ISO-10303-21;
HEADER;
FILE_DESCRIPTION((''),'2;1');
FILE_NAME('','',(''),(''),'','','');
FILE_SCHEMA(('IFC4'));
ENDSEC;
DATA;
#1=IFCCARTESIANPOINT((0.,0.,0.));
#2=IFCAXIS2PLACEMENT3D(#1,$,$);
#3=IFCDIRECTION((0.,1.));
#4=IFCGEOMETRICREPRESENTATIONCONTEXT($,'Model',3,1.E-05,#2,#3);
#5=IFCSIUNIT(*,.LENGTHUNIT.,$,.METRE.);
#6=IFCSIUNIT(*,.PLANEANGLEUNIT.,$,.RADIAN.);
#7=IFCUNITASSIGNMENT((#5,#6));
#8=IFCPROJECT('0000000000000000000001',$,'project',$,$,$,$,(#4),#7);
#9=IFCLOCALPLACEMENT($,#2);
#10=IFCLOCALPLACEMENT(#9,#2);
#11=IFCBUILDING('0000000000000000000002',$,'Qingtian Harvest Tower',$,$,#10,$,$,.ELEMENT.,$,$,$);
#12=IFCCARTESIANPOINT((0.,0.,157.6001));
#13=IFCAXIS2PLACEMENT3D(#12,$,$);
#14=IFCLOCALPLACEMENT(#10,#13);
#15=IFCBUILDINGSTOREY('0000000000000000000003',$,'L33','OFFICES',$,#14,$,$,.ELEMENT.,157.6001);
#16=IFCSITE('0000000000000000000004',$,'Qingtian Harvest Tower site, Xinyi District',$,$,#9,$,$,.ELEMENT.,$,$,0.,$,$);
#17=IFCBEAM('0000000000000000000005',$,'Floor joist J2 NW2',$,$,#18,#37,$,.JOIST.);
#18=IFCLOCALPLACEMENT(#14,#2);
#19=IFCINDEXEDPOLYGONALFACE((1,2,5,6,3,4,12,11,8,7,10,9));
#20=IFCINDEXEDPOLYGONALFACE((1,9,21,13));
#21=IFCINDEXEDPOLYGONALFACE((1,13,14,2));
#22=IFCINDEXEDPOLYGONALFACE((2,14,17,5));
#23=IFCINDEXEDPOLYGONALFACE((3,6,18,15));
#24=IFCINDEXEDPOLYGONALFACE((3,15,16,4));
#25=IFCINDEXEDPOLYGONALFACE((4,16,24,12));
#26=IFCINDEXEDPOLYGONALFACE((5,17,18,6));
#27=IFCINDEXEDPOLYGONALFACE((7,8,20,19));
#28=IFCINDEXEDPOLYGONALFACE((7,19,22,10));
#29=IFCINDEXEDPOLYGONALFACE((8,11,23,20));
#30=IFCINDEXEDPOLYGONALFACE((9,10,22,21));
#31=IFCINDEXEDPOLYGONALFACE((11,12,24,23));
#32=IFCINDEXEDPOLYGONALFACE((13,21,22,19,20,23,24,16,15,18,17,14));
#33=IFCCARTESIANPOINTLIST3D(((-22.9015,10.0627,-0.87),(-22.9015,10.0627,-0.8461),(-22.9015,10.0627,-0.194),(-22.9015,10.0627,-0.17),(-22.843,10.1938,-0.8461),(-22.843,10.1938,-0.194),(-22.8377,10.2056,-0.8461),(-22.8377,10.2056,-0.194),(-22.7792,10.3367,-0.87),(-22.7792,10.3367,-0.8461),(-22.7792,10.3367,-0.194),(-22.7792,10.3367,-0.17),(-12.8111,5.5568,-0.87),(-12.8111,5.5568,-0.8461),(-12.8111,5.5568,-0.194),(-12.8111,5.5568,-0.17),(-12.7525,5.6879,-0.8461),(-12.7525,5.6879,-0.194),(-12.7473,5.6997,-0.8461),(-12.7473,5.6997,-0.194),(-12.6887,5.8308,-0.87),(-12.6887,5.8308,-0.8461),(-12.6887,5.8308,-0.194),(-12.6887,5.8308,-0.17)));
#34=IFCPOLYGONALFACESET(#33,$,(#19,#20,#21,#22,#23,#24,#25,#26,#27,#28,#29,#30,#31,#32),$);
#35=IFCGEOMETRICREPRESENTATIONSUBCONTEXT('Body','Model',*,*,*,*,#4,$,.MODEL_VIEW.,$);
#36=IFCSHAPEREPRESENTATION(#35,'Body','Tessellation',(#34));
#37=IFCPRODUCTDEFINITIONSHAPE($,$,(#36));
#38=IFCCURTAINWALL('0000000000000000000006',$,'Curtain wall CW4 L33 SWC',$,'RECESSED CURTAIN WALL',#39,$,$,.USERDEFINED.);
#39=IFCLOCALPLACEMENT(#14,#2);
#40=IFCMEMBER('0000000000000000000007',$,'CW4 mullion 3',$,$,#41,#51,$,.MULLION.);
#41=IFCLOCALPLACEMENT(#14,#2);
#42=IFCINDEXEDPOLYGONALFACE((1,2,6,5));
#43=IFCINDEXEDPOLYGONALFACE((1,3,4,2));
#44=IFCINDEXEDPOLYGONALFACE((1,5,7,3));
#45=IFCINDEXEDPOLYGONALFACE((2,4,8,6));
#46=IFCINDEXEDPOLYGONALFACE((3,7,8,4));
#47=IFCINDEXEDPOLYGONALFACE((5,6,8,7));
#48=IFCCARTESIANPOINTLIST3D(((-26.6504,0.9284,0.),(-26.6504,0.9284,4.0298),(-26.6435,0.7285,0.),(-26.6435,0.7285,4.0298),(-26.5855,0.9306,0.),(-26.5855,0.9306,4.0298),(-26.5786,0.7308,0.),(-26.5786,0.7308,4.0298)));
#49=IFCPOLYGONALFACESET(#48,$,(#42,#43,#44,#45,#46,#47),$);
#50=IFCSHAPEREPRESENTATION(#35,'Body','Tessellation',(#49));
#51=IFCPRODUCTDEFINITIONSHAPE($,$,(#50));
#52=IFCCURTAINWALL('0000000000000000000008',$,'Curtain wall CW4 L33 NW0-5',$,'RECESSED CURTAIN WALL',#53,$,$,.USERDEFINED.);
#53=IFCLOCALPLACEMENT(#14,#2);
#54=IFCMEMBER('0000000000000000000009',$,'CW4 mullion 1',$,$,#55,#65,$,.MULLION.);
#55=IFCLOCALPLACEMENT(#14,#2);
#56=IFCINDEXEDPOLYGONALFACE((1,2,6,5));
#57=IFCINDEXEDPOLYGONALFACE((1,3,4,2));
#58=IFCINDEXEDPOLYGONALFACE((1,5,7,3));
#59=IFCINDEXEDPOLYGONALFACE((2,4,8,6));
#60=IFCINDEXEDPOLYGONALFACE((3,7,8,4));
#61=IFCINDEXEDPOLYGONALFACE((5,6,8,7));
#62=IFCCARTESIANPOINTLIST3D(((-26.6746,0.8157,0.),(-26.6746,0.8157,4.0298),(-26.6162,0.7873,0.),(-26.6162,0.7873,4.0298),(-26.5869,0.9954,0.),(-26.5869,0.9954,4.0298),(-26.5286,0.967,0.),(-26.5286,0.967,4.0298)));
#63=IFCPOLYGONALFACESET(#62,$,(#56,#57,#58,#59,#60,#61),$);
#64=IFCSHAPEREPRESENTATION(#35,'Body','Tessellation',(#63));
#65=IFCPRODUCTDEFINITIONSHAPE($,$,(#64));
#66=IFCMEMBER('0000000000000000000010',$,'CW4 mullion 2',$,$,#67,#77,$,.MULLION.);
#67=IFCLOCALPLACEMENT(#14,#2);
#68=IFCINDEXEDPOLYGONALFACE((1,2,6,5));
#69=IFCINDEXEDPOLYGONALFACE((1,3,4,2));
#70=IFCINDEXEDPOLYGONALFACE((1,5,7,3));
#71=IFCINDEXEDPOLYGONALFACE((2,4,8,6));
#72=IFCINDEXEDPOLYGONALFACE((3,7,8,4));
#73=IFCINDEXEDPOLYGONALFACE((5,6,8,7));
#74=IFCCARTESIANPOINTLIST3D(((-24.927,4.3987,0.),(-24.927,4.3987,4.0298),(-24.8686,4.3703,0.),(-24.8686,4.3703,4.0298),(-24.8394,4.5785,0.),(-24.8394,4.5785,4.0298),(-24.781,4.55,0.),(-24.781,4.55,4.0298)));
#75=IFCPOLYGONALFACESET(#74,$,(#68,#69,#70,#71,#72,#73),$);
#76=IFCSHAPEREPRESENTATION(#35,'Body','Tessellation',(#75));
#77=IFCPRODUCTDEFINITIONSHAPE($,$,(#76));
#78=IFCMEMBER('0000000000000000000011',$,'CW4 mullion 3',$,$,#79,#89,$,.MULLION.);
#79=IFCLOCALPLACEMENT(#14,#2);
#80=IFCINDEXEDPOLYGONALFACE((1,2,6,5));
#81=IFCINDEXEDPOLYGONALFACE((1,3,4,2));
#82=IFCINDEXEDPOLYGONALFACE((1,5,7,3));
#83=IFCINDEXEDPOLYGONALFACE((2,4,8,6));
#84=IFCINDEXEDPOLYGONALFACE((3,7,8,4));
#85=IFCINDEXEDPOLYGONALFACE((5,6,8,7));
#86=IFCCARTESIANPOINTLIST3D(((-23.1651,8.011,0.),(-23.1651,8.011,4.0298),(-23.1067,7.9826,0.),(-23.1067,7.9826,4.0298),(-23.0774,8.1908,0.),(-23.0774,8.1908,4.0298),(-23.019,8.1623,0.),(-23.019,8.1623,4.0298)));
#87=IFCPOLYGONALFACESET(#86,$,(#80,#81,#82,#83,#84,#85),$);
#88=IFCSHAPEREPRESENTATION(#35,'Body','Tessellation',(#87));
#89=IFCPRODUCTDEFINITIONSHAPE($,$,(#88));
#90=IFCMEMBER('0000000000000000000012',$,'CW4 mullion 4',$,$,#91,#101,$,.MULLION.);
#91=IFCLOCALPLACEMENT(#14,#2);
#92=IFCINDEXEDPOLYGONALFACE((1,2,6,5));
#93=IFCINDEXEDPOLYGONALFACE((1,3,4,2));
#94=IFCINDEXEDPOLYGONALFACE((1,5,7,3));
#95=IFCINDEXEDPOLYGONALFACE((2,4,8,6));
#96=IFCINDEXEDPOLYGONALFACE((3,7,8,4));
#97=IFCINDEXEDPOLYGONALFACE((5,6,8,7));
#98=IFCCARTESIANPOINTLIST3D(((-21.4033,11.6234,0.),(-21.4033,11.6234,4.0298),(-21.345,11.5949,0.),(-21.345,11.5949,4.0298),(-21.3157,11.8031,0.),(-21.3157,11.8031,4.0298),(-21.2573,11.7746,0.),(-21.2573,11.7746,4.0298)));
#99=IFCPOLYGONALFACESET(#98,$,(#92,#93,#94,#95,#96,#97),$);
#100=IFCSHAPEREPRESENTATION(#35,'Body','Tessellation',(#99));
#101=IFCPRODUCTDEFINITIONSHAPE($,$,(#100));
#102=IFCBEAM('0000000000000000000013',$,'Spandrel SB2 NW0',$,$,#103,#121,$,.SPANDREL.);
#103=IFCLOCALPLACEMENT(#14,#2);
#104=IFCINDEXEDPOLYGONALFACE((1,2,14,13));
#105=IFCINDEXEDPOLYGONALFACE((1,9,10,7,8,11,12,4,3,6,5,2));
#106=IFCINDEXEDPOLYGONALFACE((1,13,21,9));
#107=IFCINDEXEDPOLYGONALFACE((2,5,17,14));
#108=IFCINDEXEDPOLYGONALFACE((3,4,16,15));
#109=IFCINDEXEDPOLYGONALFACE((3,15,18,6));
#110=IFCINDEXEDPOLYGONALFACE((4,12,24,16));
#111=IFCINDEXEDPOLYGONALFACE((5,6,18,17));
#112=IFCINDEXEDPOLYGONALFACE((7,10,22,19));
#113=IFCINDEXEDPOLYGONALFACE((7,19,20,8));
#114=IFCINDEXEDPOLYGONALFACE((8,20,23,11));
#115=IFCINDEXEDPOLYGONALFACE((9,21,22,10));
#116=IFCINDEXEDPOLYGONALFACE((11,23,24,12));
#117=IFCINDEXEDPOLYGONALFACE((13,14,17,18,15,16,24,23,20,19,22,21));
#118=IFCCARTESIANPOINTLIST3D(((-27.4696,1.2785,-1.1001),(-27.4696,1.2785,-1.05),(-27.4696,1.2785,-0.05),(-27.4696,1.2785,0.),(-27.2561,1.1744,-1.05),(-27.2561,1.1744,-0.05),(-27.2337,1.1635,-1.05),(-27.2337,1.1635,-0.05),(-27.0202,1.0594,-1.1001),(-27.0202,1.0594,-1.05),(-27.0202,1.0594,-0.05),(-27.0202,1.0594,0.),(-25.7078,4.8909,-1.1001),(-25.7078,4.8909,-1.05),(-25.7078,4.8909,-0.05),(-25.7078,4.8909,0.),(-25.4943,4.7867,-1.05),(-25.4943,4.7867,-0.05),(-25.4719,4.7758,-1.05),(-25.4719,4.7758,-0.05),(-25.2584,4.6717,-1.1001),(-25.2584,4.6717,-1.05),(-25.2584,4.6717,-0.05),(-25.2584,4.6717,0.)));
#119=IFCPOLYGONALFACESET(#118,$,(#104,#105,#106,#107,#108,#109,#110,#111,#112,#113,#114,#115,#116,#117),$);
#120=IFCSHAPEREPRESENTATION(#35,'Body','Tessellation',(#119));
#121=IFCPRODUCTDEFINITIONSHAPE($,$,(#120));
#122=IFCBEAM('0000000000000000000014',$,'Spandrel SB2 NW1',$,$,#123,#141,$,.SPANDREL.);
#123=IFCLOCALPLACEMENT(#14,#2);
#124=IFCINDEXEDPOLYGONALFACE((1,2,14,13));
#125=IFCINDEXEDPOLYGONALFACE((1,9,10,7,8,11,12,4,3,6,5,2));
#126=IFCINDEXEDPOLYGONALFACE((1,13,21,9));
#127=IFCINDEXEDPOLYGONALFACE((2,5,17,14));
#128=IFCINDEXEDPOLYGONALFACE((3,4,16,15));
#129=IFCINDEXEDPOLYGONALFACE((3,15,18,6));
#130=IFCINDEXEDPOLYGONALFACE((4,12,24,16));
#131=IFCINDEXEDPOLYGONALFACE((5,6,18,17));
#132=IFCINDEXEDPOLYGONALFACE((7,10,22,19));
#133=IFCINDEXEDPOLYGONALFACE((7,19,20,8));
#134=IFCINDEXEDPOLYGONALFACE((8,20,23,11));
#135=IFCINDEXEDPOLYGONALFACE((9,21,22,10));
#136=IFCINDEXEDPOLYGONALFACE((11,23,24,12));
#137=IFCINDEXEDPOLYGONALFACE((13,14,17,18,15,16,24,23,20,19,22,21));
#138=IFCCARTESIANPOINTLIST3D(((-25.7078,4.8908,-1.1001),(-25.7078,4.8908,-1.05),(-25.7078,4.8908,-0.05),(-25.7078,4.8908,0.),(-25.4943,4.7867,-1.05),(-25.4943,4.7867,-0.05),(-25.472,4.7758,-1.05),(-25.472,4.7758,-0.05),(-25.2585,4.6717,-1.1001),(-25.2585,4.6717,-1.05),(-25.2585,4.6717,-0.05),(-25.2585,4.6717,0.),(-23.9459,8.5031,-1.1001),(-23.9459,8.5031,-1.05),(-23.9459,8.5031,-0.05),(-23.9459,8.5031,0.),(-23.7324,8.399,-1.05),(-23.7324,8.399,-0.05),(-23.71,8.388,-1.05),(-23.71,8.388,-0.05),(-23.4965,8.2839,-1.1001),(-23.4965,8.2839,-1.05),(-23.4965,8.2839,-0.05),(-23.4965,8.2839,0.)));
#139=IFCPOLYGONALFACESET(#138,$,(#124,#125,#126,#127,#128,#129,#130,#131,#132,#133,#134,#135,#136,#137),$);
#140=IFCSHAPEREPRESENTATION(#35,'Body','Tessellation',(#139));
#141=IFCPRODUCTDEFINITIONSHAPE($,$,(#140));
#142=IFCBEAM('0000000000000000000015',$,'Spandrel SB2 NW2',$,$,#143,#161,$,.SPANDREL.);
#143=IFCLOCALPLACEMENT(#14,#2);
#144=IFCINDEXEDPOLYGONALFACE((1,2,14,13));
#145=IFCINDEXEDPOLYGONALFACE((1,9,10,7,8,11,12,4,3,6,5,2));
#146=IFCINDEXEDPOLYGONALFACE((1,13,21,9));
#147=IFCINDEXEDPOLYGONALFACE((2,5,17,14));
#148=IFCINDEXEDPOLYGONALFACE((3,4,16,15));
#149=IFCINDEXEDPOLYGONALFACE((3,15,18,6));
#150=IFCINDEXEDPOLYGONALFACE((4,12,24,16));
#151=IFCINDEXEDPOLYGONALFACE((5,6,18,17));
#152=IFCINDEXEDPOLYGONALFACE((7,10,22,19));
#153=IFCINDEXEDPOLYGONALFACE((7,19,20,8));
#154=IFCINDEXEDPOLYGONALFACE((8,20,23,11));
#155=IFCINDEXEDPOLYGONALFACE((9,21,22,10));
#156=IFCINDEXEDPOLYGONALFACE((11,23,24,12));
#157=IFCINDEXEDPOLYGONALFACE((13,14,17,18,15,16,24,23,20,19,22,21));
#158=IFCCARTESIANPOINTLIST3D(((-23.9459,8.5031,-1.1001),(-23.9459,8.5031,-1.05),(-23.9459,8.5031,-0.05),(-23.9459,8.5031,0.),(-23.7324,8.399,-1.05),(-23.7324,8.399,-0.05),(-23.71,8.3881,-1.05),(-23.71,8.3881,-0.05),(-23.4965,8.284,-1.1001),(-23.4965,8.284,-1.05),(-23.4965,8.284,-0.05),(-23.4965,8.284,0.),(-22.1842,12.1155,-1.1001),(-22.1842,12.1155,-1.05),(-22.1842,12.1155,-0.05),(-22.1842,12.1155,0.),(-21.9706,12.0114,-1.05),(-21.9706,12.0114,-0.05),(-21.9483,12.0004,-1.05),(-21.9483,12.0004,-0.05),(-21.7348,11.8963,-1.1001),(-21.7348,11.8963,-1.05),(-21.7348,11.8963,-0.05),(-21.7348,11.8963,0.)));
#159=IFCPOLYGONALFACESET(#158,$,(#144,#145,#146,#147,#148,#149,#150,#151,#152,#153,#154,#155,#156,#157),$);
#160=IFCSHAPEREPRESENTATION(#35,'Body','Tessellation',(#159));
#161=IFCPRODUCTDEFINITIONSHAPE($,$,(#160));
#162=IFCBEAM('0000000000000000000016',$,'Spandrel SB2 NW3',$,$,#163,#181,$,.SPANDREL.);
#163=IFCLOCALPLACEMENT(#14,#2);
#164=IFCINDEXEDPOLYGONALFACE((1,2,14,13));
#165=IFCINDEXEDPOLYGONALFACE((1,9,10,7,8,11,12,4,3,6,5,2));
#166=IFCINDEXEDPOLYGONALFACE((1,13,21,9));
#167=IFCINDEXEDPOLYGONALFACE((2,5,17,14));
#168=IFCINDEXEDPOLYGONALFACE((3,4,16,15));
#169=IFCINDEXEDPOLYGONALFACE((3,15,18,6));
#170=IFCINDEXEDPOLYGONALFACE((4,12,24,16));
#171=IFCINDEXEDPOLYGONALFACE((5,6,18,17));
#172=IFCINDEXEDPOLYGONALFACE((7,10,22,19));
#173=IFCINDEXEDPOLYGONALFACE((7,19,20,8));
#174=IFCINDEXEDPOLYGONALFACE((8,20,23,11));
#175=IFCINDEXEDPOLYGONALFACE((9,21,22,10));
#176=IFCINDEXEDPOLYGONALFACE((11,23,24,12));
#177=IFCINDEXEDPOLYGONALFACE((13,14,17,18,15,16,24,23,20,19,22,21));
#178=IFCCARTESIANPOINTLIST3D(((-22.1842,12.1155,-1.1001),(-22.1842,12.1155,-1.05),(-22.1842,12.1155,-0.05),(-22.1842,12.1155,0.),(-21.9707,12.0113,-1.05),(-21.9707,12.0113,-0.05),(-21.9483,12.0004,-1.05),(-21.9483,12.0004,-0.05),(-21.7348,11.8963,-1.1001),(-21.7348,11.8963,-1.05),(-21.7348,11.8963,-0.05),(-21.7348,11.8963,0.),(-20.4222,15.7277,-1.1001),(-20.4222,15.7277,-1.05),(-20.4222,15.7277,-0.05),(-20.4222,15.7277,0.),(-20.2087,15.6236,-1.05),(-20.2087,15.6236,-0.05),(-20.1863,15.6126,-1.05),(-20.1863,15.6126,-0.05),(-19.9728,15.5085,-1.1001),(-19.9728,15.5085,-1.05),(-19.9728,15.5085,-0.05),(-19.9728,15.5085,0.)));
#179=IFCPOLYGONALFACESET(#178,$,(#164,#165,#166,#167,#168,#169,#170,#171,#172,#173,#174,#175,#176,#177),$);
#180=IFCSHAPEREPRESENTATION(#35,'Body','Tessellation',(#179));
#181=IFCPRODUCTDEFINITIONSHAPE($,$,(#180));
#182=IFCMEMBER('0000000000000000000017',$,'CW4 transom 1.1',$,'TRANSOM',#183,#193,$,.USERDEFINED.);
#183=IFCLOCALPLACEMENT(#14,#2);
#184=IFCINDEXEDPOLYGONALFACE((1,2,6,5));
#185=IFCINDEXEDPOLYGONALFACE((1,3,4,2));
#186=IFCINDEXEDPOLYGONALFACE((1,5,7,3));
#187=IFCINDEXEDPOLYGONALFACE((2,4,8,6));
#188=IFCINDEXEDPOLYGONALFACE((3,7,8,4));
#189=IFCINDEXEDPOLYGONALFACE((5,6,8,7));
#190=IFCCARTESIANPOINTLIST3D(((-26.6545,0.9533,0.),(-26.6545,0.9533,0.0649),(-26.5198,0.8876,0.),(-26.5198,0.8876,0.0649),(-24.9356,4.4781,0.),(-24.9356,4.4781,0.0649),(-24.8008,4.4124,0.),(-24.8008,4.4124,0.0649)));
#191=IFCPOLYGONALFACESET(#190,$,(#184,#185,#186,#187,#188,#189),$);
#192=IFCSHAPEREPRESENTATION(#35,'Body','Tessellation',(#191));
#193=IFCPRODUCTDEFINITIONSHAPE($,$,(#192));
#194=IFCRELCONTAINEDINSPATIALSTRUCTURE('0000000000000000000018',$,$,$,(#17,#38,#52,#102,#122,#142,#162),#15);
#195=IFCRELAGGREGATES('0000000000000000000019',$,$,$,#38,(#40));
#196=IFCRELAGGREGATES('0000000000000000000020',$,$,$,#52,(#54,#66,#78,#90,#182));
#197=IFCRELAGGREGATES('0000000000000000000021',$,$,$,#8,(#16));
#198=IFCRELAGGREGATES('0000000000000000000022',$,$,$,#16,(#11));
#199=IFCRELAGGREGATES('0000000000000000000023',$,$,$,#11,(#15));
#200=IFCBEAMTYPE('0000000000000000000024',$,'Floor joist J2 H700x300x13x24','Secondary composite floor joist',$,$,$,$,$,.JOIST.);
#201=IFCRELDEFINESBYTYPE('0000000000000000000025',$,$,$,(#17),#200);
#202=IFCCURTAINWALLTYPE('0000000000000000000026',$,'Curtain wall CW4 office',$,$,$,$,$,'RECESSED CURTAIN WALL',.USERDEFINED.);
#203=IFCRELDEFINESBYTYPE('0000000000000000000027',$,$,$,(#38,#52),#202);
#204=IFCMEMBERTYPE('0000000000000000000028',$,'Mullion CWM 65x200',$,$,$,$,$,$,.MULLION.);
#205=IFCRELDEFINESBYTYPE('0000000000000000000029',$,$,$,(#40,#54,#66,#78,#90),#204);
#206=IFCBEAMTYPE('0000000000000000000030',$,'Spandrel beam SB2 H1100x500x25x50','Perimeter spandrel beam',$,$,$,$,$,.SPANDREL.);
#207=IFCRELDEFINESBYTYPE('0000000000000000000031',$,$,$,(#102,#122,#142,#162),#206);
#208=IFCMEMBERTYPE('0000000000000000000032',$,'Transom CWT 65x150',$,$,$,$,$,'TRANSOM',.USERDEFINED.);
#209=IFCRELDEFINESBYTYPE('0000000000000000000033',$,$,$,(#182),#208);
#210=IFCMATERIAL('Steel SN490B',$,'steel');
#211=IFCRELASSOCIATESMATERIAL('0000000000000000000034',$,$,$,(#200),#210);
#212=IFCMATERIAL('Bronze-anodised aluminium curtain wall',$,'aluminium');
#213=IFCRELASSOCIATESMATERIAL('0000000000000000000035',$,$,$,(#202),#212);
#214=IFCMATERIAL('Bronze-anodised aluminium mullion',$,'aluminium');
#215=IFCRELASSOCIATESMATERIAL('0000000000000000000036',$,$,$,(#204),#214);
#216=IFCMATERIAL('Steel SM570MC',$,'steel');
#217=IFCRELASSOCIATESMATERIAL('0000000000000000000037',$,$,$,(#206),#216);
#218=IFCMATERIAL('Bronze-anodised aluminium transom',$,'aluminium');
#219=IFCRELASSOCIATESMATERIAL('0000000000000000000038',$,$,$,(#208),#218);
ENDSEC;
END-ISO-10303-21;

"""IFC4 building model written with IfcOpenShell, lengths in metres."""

from ifc_helpers import new_model, si_unit, direction, frame, origin, origin_2d, place, context, subcontext, project, spatial, rectangle, i_section, extrude, material, material_profile, profile_set, type_object, element, aggregate, save


model = new_model("IFC4")

# Units and contexts
model_context = context("Model", 3, precision=1e-05, world=origin(), true_north=direction((0.0, 1.0)))
body_context = subcontext(model_context, "Body", "Model", "MODEL_VIEW")
ifc_project = project(units=[si_unit("LENGTHUNIT", "METRE"), si_unit("PLANEANGLEUNIT", "RADIAN")], contexts=[model_context])

# Site, building, storey
site_placement = place(None, origin())
site = spatial("IfcSite", under=ifc_project, at=site_placement, Name="Qingtian Harvest Tower site, Xinyi District", CompositionType="ELEMENT", RefElevation=0.0)
building_placement = place(site_placement, origin())
building = spatial("IfcBuilding", under=site, at=building_placement, Name="Qingtian Harvest Tower", CompositionType="ELEMENT")
storey_placement = place(building_placement, frame((0.0, 0.0, 157.6001)))
storey = spatial("IfcBuildingStorey", under=building, at=storey_placement, Name="L33", Description="OFFICES", CompositionType="ELEMENT", Elevation=157.6001)

# Beam
ifc_material_1 = material(Name="Steel SN490B", Category="steel")
ifc_material_profile_1 = material_profile(ifc_material_1, i_section(OverallWidth=0.3, OverallDepth=0.7, WebThickness=0.0129, FlangeThickness=0.0239, at=origin_2d()), Name="H700x300x13x24")
ifc_profile_set_1 = profile_set([ifc_material_profile_1], Name="Steel SN490B")
beam_type_1 = type_object("IfcBeamType", Name="Floor joist J2 H700x300x13x24", Description="Secondary composite floor joist", PredefinedType="JOIST", material=ifc_profile_set_1)
beam_1_placement = place(storey_placement, frame((-22.8403, 10.1997, -0.52), z_axis=(0.913096, -0.407745, 0.0), x_axis=(0.407745, 0.913096, 0.0)))
element("IfcBeam", 1, at=beam_1_placement, inside=storey, type_object=beam_type_1, Name="Floor joist J2 NW2", PredefinedType="JOIST", context=body_context, shape_type="SweptSolid", body=[
    extrude(i_section(OverallWidth=0.3, OverallDepth=0.7, WebThickness=0.0129, FlangeThickness=0.0239, at=origin_2d()), origin(), (0.0, 0.0, 1.0), 11.0508),
])

# Curtain wall, member
ifc_material_2 = material(Name="Bronze-anodised aluminium curtain wall", Category="aluminium")
curtain_wall_type = type_object("IfcCurtainWallType", Name="Curtain wall CW4 office", ElementType="RECESSED CURTAIN WALL", PredefinedType="USERDEFINED", material=ifc_material_2)
curtain_wall_1_placement = place(storey_placement, origin())
curtain_wall_1 = element("IfcCurtainWall", 2, at=curtain_wall_1_placement, inside=storey, type_object=curtain_wall_type, Name="Curtain wall CW4 L33 SWC", ObjectType="RECESSED CURTAIN WALL", PredefinedType="USERDEFINED")
ifc_material_3 = material(Name="Bronze-anodised aluminium mullion", Category="aluminium")
ifc_material_profile_2 = material_profile(ifc_material_3, rectangle(XDim=0.0649, YDim=0.2, at=origin_2d()), Name="AL 65x200")
ifc_profile_set_2 = profile_set([ifc_material_profile_2], Name="Bronze-anodised aluminium mullion")
member_type_1 = type_object("IfcMemberType", Name="Mullion CWM 65x200", PredefinedType="MULLION", material=ifc_profile_set_2)
member_1_placement = place(storey_placement, frame((-26.6145, 0.8296, 0.0), z_axis=(0.0, 0.0, 1.0), x_axis=(-0.999391, -0.034899, 0.0)))
member_1 = element("IfcMember", 3, at=member_1_placement, type_object=member_type_1, Name="CW4 mullion 3", PredefinedType="MULLION", context=body_context, shape_type="SweptSolid", body=[
    extrude(rectangle(XDim=0.0649, YDim=0.2, at=origin_2d()), origin(), (0.0, 0.0, 1.0), 4.0298),
])
aggregate(curtain_wall_1, [member_1])

# Curtain wall, members
curtain_wall_2_placement = place(storey_placement, origin())
curtain_wall_2 = element("IfcCurtainWall", 4, at=curtain_wall_2_placement, inside=storey, type_object=curtain_wall_type, Name="Curtain wall CW4 L33 NW0-5", ObjectType="RECESSED CURTAIN WALL", PredefinedType="USERDEFINED")
member_2_placement = place(storey_placement, frame((-26.6016, 0.8914, 0.0), z_axis=(0.0, 0.0, 1.0), x_axis=(-0.898794, 0.438371, 0.0)))
member_2 = element("IfcMember", 5, at=member_2_placement, type_object=member_type_1, Name="CW4 mullion 1", PredefinedType="MULLION", context=body_context, shape_type="SweptSolid", body=[
    extrude(rectangle(XDim=0.0649, YDim=0.2, at=origin_2d()), origin(), (0.0, 0.0, 1.0), 4.0298),
])
member_3_placement = place(storey_placement, frame((-24.854, 4.4744, 0.0), z_axis=(0.0, 0.0, 1.0), x_axis=(-0.898794, 0.438371, 0.0)))
member_3 = element("IfcMember", 6, at=member_3_placement, type_object=member_type_1, Name="CW4 mullion 2", PredefinedType="MULLION", context=body_context, shape_type="SweptSolid", body=[
    extrude(rectangle(XDim=0.0649, YDim=0.2, at=origin_2d()), origin(), (0.0, 0.0, 1.0), 4.0298),
])
member_4_placement = place(storey_placement, frame((-23.092, 8.0867, 0.0), z_axis=(0.0, 0.0, 1.0), x_axis=(-0.898794, 0.438371, 0.0)))
member_4 = element("IfcMember", 7, at=member_4_placement, type_object=member_type_1, Name="CW4 mullion 3", PredefinedType="MULLION", context=body_context, shape_type="SweptSolid", body=[
    extrude(rectangle(XDim=0.0649, YDim=0.2, at=origin_2d()), origin(), (0.0, 0.0, 1.0), 4.0298),
])
member_5_placement = place(storey_placement, frame((-21.3303, 11.699, 0.0), z_axis=(0.0, 0.0, 1.0), x_axis=(-0.898794, 0.438371, 0.0)))
member_5 = element("IfcMember", 8, at=member_5_placement, type_object=member_type_1, Name="CW4 mullion 4", PredefinedType="MULLION", context=body_context, shape_type="SweptSolid", body=[
    extrude(rectangle(XDim=0.0649, YDim=0.2, at=origin_2d()), origin(), (0.0, 0.0, 1.0), 4.0298),
])

# Beams
ifc_material_4 = material(Name="Steel SM570MC", Category="steel")
ifc_material_profile_3 = material_profile(ifc_material_4, i_section(OverallWidth=0.5, OverallDepth=1.1001, WebThickness=0.0249, FlangeThickness=0.05, at=origin_2d()), Name="H1100x500x25x50")
ifc_profile_set_3 = profile_set([ifc_material_profile_3], Name="Steel SM570MC")
beam_type_2 = type_object("IfcBeamType", Name="Spandrel beam SB2 H1100x500x25x50", Description="Perimeter spandrel beam", PredefinedType="SPANDREL", material=ifc_profile_set_3)
for number, where, z_axis, x_axis, name in (
    (9, (-27.2449, 1.1689, -0.55), (0.438347, 0.898806, 0.0), (-0.898806, 0.438347, 0.0), "Spandrel SB2 NW0"),
    (10, (-25.4832, 4.7812, -0.55), (0.438396, 0.898782, 0.0), (-0.898782, 0.438396, 0.0), "Spandrel SB2 NW1"),
    (11, (-23.7212, 8.3936, -0.55), (0.438347, 0.898806, 0.0), (-0.898806, 0.438347, 0.0), "Spandrel SB2 NW2"),
    (12, (-21.9595, 12.0059, -0.55), (0.438396, 0.898782, 0.0), (-0.898782, 0.438396, 0.0), "Spandrel SB2 NW3"),
):
    element("IfcBeam", number, at=place(storey_placement, frame(where, z_axis=z_axis, x_axis=x_axis)), inside=storey, type_object=beam_type_2, Name=name, PredefinedType="SPANDREL", context=body_context, shape_type="SweptSolid", body=[
        extrude(i_section(OverallWidth=0.5, OverallDepth=1.1001, WebThickness=0.0249, FlangeThickness=0.05, at=origin_2d()), origin(), (0.0, 0.0, 1.0), 4.019),
    ])

# Member
ifc_material_5 = material(Name="Bronze-anodised aluminium transom", Category="aluminium")
ifc_material_profile_4 = material_profile(ifc_material_5, rectangle(XDim=0.1499, YDim=0.0649, at=origin_2d()), Name="AL 65x150")
ifc_profile_set_4 = profile_set([ifc_material_profile_4], Name="Bronze-anodised aluminium transom")
member_type_2 = type_object("IfcMemberType", Name="Transom CWT 65x150", ElementType="TRANSOM", PredefinedType="USERDEFINED", material=ifc_profile_set_4)
member_6_placement = place(storey_placement, frame((-26.5872, 0.9204, 0.0325), z_axis=(0.438327, 0.898816, 0.0), x_axis=(-0.898816, 0.438327, 0.0)))
member_6 = element("IfcMember", 13, at=member_6_placement, type_object=member_type_2, Name="CW4 transom 1.1", ObjectType="TRANSOM", PredefinedType="USERDEFINED", context=body_context, shape_type="SweptSolid", body=[
    extrude(rectangle(XDim=0.1499, YDim=0.0649, at=origin_2d()), origin(), (0.0, 0.0, 1.0), 3.9216),
])

aggregate(curtain_wall_2, [member_2, member_3, member_4, member_5, member_6])

save(model, "model.ifc")
